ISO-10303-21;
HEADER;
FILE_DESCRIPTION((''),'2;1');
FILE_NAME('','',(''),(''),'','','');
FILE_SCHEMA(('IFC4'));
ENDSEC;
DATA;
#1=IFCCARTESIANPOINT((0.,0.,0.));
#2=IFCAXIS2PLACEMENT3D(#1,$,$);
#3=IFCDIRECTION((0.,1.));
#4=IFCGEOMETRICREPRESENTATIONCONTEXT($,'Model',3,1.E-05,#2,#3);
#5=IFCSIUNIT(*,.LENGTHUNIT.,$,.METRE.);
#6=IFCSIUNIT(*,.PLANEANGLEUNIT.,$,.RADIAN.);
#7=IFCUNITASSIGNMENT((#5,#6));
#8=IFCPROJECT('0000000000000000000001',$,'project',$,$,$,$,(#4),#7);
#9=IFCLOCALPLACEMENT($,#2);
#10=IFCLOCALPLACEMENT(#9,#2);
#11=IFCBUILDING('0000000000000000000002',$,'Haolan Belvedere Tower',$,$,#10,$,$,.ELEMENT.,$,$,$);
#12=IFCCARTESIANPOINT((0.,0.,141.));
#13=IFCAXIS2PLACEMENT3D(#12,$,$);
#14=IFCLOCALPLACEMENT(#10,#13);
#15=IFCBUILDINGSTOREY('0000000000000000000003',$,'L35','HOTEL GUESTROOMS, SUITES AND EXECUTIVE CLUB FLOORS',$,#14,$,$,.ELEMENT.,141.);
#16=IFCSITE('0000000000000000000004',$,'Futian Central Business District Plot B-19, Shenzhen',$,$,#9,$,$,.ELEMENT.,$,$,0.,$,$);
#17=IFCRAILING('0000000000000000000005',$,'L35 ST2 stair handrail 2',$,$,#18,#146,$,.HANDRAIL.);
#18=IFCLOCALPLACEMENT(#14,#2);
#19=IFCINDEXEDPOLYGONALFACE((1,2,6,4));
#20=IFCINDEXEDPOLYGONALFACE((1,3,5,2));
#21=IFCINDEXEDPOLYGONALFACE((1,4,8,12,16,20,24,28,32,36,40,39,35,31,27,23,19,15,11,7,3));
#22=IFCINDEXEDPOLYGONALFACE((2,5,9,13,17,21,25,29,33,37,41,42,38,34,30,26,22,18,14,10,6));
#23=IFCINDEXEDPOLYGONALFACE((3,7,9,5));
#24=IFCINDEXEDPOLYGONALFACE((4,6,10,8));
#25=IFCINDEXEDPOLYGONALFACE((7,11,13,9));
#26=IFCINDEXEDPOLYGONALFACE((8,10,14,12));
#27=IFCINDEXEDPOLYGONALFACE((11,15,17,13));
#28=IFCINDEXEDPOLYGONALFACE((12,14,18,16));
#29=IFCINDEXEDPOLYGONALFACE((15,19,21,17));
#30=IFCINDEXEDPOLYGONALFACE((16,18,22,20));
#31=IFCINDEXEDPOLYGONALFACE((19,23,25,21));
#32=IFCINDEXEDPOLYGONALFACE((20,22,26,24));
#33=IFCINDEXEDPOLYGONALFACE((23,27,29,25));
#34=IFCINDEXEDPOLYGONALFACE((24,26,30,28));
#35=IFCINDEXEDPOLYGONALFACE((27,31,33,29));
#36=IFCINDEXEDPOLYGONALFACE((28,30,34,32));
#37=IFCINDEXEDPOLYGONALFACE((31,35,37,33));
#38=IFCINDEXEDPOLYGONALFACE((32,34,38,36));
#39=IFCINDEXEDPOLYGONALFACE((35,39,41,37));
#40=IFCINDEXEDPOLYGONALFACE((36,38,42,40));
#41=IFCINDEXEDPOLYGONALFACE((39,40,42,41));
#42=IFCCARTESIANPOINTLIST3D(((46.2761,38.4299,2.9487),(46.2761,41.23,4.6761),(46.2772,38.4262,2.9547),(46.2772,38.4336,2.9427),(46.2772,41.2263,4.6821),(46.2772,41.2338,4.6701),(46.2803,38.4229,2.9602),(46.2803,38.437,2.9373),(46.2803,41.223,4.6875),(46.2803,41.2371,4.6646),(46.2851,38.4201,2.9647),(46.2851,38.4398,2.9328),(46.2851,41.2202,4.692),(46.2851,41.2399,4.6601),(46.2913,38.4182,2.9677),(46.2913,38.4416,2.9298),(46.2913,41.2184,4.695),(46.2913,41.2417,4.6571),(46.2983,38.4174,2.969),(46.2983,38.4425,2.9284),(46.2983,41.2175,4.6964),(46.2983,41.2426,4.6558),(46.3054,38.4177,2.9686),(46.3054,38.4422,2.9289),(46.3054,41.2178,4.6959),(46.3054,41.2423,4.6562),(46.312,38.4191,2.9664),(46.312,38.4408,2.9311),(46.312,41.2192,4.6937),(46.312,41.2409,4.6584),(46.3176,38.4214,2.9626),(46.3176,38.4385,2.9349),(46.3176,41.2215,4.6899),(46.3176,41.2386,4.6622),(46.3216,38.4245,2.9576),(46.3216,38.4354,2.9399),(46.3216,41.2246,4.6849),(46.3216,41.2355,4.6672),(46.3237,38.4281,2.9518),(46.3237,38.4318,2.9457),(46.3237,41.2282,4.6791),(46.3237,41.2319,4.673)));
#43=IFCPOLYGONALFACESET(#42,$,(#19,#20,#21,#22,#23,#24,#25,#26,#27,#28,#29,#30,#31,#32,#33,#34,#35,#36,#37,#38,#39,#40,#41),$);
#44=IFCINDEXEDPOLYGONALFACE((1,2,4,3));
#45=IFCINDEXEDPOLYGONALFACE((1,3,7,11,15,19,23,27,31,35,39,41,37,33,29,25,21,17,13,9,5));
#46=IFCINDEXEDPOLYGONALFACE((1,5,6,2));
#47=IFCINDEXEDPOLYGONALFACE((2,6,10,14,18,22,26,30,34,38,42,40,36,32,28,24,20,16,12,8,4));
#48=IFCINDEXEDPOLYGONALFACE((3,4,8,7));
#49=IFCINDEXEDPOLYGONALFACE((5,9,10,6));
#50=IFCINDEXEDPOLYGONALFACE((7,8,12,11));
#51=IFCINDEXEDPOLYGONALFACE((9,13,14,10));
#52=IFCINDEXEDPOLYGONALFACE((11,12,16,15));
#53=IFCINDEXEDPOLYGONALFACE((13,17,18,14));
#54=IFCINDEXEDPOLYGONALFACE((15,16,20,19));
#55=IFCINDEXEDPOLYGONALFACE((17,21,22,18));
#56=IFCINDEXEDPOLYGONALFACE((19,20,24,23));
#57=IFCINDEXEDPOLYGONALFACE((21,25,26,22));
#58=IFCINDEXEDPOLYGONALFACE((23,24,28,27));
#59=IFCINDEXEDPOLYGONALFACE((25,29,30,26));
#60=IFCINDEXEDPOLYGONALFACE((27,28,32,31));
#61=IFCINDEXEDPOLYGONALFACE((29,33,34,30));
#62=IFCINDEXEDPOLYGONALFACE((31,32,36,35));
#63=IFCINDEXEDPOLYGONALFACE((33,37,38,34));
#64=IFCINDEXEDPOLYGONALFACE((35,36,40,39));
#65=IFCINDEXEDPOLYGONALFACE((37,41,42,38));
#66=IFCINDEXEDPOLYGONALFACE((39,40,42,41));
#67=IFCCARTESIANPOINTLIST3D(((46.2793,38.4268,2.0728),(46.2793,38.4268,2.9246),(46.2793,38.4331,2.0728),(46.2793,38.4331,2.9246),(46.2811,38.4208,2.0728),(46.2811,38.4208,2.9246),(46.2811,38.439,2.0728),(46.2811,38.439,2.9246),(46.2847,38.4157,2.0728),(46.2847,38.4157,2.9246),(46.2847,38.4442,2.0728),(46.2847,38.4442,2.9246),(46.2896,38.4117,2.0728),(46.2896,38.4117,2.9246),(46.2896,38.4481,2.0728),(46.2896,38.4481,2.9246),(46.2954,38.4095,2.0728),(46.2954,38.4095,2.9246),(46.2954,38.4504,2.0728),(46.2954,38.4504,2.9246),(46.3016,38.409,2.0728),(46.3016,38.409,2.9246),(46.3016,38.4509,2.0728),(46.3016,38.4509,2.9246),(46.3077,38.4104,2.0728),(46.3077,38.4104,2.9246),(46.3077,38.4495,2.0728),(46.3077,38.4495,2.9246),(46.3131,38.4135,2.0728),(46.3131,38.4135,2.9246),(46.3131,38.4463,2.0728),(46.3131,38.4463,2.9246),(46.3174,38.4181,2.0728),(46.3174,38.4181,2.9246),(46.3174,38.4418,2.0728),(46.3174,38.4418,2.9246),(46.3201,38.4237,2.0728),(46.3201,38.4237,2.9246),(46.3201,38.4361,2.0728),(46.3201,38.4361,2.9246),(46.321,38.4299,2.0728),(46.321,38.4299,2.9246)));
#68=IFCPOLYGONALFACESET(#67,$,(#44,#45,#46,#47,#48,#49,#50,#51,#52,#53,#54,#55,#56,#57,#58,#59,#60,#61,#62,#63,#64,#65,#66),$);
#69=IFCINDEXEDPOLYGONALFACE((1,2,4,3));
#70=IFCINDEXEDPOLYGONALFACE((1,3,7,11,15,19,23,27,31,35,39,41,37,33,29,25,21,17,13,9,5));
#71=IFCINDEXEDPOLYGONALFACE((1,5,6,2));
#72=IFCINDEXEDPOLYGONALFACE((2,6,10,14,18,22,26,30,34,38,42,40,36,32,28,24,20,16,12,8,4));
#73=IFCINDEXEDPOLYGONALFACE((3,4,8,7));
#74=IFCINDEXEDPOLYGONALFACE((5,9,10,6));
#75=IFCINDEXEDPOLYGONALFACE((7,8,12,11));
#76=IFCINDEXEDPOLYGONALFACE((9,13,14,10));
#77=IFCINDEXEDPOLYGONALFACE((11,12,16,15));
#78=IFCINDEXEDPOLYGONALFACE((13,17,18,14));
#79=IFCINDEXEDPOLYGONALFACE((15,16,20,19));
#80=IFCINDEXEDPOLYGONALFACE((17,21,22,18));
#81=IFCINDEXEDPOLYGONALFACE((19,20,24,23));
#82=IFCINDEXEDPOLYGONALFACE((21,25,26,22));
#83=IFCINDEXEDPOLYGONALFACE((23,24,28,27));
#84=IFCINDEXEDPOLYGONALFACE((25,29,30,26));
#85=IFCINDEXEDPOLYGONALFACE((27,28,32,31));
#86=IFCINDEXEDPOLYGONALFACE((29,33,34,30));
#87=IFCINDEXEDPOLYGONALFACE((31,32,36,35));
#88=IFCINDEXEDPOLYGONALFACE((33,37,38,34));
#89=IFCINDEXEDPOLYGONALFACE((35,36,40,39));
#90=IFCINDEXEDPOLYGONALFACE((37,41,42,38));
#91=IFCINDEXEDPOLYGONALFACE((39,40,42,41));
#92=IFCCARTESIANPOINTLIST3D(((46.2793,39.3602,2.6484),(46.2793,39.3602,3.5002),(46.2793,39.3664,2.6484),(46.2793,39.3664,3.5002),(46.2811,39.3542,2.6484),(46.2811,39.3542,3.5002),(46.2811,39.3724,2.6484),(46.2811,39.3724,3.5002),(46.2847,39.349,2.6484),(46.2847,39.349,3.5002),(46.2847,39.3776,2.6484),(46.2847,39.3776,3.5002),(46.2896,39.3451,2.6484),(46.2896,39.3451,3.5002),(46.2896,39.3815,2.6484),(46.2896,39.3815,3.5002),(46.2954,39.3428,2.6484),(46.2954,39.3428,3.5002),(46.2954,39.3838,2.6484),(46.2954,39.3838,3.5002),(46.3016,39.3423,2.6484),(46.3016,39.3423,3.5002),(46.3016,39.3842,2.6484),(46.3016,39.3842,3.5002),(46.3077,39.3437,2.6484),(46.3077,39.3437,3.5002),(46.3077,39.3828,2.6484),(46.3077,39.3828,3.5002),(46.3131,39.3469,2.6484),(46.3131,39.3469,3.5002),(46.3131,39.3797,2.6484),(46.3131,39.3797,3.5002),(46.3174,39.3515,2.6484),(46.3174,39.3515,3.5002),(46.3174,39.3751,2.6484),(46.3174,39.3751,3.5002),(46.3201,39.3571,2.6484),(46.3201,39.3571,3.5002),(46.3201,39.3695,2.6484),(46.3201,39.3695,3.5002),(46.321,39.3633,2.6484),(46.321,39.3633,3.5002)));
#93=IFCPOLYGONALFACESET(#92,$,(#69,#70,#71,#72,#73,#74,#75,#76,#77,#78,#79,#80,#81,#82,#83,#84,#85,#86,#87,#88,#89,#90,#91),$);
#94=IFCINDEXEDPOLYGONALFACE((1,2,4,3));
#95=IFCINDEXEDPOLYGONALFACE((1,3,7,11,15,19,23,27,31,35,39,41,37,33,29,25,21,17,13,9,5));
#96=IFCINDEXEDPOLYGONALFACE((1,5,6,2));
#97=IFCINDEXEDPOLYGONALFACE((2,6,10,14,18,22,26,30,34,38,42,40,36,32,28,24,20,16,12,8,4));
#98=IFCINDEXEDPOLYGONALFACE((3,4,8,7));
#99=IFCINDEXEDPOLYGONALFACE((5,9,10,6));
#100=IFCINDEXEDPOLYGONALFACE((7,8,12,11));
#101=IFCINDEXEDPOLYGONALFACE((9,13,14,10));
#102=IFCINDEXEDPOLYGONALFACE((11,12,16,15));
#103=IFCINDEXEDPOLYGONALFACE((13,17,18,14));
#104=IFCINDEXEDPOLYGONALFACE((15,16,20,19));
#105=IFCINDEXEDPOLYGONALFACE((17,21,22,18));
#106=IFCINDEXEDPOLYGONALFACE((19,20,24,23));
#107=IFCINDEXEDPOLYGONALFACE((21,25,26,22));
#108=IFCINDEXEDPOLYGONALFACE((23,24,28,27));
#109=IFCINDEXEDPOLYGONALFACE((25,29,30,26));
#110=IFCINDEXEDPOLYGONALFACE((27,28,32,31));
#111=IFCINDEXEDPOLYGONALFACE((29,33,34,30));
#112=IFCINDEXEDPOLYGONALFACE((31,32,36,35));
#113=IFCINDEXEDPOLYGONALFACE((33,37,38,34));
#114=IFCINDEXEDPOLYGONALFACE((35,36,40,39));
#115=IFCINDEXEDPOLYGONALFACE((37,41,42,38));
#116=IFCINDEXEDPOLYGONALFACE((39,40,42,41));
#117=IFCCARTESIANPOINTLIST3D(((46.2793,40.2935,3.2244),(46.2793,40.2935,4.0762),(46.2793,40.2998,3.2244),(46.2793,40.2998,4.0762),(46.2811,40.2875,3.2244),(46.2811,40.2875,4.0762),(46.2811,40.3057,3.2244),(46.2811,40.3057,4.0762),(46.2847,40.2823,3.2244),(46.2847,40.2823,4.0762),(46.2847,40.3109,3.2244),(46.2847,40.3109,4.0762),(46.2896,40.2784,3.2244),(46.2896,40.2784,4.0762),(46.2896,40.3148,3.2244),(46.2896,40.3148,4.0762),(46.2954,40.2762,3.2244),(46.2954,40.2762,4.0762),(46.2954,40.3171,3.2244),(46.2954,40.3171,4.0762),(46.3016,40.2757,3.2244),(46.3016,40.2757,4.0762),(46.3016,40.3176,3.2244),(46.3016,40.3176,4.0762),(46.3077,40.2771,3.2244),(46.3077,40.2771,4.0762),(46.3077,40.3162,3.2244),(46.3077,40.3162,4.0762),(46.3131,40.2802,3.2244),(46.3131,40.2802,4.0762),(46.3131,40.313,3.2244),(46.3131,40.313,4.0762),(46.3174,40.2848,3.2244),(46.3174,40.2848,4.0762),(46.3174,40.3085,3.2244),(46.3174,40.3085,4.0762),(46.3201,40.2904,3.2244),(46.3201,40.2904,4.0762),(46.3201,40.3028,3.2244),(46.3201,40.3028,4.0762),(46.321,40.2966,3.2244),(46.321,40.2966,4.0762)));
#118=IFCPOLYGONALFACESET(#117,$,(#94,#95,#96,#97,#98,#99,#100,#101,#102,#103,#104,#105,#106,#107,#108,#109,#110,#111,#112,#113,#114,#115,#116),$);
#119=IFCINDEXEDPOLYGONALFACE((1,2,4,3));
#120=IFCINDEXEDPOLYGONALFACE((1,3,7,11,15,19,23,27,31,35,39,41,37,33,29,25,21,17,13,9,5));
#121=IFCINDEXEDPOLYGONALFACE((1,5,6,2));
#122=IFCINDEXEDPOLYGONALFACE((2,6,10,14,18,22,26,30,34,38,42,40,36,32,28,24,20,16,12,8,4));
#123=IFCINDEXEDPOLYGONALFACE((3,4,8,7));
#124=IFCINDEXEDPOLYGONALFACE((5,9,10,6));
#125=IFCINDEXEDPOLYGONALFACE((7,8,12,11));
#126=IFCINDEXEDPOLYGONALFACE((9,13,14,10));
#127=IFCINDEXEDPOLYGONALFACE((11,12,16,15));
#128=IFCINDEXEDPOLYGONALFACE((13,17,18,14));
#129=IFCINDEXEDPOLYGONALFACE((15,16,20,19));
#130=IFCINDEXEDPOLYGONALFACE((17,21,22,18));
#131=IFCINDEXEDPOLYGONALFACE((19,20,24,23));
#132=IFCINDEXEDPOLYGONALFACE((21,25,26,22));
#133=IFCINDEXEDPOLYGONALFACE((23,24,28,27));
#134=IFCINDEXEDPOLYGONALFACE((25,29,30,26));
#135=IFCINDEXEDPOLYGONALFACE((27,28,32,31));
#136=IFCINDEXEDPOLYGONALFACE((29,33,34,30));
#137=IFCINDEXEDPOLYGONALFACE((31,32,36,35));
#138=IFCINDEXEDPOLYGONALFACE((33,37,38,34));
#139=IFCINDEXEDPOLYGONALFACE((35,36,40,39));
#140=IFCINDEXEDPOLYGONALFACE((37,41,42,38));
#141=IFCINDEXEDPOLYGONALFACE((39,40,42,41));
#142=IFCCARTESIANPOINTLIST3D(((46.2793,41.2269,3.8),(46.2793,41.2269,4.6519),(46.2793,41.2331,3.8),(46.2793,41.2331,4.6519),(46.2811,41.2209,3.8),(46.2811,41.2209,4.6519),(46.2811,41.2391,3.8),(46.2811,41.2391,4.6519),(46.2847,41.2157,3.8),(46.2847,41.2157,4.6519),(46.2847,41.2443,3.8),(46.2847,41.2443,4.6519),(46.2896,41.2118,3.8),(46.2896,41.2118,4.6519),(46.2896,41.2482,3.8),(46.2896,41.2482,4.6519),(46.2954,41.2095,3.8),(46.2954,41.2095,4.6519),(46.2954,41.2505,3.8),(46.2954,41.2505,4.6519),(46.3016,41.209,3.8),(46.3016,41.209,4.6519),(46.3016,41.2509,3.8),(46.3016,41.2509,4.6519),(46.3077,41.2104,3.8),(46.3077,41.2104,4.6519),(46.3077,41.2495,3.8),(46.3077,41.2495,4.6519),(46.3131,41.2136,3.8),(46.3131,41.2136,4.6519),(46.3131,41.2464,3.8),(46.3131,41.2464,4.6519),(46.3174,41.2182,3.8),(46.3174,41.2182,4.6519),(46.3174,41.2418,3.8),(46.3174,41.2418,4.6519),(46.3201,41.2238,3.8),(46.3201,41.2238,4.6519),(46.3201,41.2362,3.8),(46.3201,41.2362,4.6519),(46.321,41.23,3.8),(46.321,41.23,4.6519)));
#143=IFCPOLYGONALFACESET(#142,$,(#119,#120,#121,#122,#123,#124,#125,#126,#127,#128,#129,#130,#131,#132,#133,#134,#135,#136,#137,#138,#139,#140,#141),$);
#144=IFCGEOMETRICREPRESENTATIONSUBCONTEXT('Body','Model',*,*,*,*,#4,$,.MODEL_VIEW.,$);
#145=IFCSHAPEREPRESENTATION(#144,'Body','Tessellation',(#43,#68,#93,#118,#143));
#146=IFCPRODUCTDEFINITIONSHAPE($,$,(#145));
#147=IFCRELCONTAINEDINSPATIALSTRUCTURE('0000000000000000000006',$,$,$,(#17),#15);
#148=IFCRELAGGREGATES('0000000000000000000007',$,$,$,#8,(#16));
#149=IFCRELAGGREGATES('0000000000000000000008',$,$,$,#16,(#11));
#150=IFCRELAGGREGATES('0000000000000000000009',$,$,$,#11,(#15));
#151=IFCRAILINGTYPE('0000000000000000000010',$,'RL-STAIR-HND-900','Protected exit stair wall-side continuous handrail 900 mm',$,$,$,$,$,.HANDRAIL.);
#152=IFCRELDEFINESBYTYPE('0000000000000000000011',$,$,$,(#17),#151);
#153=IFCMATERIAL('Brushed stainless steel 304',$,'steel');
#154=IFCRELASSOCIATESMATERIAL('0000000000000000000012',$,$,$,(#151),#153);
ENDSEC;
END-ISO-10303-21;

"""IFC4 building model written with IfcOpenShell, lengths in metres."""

from ifc_helpers import new_model, si_unit, direction, frame, origin, origin_2d, place, context, subcontext, project, spatial, circle, extrude, material, type_object, element, save


model = new_model("IFC4")

# Units and contexts
model_context = context("Model", 3, precision=1e-05, world=origin(), true_north=direction((0.0, 1.0)))
body_context = subcontext(model_context, "Body", "Model", "MODEL_VIEW")
ifc_project = project(units=[si_unit("LENGTHUNIT", "METRE"), si_unit("PLANEANGLEUNIT", "RADIAN")], contexts=[model_context])

# Site, building, storey
site_placement = place(None, origin())
site = spatial("IfcSite", under=ifc_project, at=site_placement, Name="Futian Central Business District Plot B-19, Shenzhen", CompositionType="ELEMENT", RefElevation=0.0)
building_placement = place(site_placement, origin())
building = spatial("IfcBuilding", under=site, at=building_placement, Name="Haolan Belvedere Tower", CompositionType="ELEMENT")
storey_placement = place(building_placement, frame((0.0, 0.0, 141.0)))
storey = spatial("IfcBuildingStorey", under=building, at=storey_placement, Name="L35", Description="HOTEL GUESTROOMS, SUITES AND EXECUTIVE CLUB FLOORS", CompositionType="ELEMENT", Elevation=141.0)

# Railing
ifc_material_1 = material(Name="Brushed stainless steel 304", Category="steel")
railing_type = type_object("IfcRailingType", Name="RL-STAIR-HND-900", Description="Protected exit stair wall-side continuous handrail 900 mm", PredefinedType="HANDRAIL", material=ifc_material_1)
railing_placement = place(storey_placement, frame((46.3, 38.4299, 2.0728)))
element("IfcRailing", 1, at=railing_placement, inside=storey, type_object=railing_type, Name="L35 ST2 stair handrail 2", PredefinedType="HANDRAIL", context=body_context, shape_type="SweptSolid", body=[
    extrude(circle(Radius=0.0239, at=origin_2d()), frame((0.0, 0.0, 0.876), z_axis=(0.0, 0.85109, 0.52502), x_axis=(-1.0, 0.0, 0.0)), (0.0, 0.0, 1.0), 3.29),
    extrude(circle(Radius=0.021, at=origin_2d()), origin(), (0.0, 0.0, 1.0), 0.8518),
    extrude(circle(Radius=0.021, at=origin_2d()), frame((0.0, 0.9333, 0.5757)), (0.0, 0.0, 1.0), 0.8518),
    extrude(circle(Radius=0.021, at=origin_2d()), frame((0.0, 1.8667, 1.1516)), (0.0, 0.0, 1.0), 0.8518),
    extrude(circle(Radius=0.021, at=origin_2d()), frame((0.0, 2.8, 1.7273)), (0.0, 0.0, 1.0), 0.8518),
])

save(model, "model.ifc")
